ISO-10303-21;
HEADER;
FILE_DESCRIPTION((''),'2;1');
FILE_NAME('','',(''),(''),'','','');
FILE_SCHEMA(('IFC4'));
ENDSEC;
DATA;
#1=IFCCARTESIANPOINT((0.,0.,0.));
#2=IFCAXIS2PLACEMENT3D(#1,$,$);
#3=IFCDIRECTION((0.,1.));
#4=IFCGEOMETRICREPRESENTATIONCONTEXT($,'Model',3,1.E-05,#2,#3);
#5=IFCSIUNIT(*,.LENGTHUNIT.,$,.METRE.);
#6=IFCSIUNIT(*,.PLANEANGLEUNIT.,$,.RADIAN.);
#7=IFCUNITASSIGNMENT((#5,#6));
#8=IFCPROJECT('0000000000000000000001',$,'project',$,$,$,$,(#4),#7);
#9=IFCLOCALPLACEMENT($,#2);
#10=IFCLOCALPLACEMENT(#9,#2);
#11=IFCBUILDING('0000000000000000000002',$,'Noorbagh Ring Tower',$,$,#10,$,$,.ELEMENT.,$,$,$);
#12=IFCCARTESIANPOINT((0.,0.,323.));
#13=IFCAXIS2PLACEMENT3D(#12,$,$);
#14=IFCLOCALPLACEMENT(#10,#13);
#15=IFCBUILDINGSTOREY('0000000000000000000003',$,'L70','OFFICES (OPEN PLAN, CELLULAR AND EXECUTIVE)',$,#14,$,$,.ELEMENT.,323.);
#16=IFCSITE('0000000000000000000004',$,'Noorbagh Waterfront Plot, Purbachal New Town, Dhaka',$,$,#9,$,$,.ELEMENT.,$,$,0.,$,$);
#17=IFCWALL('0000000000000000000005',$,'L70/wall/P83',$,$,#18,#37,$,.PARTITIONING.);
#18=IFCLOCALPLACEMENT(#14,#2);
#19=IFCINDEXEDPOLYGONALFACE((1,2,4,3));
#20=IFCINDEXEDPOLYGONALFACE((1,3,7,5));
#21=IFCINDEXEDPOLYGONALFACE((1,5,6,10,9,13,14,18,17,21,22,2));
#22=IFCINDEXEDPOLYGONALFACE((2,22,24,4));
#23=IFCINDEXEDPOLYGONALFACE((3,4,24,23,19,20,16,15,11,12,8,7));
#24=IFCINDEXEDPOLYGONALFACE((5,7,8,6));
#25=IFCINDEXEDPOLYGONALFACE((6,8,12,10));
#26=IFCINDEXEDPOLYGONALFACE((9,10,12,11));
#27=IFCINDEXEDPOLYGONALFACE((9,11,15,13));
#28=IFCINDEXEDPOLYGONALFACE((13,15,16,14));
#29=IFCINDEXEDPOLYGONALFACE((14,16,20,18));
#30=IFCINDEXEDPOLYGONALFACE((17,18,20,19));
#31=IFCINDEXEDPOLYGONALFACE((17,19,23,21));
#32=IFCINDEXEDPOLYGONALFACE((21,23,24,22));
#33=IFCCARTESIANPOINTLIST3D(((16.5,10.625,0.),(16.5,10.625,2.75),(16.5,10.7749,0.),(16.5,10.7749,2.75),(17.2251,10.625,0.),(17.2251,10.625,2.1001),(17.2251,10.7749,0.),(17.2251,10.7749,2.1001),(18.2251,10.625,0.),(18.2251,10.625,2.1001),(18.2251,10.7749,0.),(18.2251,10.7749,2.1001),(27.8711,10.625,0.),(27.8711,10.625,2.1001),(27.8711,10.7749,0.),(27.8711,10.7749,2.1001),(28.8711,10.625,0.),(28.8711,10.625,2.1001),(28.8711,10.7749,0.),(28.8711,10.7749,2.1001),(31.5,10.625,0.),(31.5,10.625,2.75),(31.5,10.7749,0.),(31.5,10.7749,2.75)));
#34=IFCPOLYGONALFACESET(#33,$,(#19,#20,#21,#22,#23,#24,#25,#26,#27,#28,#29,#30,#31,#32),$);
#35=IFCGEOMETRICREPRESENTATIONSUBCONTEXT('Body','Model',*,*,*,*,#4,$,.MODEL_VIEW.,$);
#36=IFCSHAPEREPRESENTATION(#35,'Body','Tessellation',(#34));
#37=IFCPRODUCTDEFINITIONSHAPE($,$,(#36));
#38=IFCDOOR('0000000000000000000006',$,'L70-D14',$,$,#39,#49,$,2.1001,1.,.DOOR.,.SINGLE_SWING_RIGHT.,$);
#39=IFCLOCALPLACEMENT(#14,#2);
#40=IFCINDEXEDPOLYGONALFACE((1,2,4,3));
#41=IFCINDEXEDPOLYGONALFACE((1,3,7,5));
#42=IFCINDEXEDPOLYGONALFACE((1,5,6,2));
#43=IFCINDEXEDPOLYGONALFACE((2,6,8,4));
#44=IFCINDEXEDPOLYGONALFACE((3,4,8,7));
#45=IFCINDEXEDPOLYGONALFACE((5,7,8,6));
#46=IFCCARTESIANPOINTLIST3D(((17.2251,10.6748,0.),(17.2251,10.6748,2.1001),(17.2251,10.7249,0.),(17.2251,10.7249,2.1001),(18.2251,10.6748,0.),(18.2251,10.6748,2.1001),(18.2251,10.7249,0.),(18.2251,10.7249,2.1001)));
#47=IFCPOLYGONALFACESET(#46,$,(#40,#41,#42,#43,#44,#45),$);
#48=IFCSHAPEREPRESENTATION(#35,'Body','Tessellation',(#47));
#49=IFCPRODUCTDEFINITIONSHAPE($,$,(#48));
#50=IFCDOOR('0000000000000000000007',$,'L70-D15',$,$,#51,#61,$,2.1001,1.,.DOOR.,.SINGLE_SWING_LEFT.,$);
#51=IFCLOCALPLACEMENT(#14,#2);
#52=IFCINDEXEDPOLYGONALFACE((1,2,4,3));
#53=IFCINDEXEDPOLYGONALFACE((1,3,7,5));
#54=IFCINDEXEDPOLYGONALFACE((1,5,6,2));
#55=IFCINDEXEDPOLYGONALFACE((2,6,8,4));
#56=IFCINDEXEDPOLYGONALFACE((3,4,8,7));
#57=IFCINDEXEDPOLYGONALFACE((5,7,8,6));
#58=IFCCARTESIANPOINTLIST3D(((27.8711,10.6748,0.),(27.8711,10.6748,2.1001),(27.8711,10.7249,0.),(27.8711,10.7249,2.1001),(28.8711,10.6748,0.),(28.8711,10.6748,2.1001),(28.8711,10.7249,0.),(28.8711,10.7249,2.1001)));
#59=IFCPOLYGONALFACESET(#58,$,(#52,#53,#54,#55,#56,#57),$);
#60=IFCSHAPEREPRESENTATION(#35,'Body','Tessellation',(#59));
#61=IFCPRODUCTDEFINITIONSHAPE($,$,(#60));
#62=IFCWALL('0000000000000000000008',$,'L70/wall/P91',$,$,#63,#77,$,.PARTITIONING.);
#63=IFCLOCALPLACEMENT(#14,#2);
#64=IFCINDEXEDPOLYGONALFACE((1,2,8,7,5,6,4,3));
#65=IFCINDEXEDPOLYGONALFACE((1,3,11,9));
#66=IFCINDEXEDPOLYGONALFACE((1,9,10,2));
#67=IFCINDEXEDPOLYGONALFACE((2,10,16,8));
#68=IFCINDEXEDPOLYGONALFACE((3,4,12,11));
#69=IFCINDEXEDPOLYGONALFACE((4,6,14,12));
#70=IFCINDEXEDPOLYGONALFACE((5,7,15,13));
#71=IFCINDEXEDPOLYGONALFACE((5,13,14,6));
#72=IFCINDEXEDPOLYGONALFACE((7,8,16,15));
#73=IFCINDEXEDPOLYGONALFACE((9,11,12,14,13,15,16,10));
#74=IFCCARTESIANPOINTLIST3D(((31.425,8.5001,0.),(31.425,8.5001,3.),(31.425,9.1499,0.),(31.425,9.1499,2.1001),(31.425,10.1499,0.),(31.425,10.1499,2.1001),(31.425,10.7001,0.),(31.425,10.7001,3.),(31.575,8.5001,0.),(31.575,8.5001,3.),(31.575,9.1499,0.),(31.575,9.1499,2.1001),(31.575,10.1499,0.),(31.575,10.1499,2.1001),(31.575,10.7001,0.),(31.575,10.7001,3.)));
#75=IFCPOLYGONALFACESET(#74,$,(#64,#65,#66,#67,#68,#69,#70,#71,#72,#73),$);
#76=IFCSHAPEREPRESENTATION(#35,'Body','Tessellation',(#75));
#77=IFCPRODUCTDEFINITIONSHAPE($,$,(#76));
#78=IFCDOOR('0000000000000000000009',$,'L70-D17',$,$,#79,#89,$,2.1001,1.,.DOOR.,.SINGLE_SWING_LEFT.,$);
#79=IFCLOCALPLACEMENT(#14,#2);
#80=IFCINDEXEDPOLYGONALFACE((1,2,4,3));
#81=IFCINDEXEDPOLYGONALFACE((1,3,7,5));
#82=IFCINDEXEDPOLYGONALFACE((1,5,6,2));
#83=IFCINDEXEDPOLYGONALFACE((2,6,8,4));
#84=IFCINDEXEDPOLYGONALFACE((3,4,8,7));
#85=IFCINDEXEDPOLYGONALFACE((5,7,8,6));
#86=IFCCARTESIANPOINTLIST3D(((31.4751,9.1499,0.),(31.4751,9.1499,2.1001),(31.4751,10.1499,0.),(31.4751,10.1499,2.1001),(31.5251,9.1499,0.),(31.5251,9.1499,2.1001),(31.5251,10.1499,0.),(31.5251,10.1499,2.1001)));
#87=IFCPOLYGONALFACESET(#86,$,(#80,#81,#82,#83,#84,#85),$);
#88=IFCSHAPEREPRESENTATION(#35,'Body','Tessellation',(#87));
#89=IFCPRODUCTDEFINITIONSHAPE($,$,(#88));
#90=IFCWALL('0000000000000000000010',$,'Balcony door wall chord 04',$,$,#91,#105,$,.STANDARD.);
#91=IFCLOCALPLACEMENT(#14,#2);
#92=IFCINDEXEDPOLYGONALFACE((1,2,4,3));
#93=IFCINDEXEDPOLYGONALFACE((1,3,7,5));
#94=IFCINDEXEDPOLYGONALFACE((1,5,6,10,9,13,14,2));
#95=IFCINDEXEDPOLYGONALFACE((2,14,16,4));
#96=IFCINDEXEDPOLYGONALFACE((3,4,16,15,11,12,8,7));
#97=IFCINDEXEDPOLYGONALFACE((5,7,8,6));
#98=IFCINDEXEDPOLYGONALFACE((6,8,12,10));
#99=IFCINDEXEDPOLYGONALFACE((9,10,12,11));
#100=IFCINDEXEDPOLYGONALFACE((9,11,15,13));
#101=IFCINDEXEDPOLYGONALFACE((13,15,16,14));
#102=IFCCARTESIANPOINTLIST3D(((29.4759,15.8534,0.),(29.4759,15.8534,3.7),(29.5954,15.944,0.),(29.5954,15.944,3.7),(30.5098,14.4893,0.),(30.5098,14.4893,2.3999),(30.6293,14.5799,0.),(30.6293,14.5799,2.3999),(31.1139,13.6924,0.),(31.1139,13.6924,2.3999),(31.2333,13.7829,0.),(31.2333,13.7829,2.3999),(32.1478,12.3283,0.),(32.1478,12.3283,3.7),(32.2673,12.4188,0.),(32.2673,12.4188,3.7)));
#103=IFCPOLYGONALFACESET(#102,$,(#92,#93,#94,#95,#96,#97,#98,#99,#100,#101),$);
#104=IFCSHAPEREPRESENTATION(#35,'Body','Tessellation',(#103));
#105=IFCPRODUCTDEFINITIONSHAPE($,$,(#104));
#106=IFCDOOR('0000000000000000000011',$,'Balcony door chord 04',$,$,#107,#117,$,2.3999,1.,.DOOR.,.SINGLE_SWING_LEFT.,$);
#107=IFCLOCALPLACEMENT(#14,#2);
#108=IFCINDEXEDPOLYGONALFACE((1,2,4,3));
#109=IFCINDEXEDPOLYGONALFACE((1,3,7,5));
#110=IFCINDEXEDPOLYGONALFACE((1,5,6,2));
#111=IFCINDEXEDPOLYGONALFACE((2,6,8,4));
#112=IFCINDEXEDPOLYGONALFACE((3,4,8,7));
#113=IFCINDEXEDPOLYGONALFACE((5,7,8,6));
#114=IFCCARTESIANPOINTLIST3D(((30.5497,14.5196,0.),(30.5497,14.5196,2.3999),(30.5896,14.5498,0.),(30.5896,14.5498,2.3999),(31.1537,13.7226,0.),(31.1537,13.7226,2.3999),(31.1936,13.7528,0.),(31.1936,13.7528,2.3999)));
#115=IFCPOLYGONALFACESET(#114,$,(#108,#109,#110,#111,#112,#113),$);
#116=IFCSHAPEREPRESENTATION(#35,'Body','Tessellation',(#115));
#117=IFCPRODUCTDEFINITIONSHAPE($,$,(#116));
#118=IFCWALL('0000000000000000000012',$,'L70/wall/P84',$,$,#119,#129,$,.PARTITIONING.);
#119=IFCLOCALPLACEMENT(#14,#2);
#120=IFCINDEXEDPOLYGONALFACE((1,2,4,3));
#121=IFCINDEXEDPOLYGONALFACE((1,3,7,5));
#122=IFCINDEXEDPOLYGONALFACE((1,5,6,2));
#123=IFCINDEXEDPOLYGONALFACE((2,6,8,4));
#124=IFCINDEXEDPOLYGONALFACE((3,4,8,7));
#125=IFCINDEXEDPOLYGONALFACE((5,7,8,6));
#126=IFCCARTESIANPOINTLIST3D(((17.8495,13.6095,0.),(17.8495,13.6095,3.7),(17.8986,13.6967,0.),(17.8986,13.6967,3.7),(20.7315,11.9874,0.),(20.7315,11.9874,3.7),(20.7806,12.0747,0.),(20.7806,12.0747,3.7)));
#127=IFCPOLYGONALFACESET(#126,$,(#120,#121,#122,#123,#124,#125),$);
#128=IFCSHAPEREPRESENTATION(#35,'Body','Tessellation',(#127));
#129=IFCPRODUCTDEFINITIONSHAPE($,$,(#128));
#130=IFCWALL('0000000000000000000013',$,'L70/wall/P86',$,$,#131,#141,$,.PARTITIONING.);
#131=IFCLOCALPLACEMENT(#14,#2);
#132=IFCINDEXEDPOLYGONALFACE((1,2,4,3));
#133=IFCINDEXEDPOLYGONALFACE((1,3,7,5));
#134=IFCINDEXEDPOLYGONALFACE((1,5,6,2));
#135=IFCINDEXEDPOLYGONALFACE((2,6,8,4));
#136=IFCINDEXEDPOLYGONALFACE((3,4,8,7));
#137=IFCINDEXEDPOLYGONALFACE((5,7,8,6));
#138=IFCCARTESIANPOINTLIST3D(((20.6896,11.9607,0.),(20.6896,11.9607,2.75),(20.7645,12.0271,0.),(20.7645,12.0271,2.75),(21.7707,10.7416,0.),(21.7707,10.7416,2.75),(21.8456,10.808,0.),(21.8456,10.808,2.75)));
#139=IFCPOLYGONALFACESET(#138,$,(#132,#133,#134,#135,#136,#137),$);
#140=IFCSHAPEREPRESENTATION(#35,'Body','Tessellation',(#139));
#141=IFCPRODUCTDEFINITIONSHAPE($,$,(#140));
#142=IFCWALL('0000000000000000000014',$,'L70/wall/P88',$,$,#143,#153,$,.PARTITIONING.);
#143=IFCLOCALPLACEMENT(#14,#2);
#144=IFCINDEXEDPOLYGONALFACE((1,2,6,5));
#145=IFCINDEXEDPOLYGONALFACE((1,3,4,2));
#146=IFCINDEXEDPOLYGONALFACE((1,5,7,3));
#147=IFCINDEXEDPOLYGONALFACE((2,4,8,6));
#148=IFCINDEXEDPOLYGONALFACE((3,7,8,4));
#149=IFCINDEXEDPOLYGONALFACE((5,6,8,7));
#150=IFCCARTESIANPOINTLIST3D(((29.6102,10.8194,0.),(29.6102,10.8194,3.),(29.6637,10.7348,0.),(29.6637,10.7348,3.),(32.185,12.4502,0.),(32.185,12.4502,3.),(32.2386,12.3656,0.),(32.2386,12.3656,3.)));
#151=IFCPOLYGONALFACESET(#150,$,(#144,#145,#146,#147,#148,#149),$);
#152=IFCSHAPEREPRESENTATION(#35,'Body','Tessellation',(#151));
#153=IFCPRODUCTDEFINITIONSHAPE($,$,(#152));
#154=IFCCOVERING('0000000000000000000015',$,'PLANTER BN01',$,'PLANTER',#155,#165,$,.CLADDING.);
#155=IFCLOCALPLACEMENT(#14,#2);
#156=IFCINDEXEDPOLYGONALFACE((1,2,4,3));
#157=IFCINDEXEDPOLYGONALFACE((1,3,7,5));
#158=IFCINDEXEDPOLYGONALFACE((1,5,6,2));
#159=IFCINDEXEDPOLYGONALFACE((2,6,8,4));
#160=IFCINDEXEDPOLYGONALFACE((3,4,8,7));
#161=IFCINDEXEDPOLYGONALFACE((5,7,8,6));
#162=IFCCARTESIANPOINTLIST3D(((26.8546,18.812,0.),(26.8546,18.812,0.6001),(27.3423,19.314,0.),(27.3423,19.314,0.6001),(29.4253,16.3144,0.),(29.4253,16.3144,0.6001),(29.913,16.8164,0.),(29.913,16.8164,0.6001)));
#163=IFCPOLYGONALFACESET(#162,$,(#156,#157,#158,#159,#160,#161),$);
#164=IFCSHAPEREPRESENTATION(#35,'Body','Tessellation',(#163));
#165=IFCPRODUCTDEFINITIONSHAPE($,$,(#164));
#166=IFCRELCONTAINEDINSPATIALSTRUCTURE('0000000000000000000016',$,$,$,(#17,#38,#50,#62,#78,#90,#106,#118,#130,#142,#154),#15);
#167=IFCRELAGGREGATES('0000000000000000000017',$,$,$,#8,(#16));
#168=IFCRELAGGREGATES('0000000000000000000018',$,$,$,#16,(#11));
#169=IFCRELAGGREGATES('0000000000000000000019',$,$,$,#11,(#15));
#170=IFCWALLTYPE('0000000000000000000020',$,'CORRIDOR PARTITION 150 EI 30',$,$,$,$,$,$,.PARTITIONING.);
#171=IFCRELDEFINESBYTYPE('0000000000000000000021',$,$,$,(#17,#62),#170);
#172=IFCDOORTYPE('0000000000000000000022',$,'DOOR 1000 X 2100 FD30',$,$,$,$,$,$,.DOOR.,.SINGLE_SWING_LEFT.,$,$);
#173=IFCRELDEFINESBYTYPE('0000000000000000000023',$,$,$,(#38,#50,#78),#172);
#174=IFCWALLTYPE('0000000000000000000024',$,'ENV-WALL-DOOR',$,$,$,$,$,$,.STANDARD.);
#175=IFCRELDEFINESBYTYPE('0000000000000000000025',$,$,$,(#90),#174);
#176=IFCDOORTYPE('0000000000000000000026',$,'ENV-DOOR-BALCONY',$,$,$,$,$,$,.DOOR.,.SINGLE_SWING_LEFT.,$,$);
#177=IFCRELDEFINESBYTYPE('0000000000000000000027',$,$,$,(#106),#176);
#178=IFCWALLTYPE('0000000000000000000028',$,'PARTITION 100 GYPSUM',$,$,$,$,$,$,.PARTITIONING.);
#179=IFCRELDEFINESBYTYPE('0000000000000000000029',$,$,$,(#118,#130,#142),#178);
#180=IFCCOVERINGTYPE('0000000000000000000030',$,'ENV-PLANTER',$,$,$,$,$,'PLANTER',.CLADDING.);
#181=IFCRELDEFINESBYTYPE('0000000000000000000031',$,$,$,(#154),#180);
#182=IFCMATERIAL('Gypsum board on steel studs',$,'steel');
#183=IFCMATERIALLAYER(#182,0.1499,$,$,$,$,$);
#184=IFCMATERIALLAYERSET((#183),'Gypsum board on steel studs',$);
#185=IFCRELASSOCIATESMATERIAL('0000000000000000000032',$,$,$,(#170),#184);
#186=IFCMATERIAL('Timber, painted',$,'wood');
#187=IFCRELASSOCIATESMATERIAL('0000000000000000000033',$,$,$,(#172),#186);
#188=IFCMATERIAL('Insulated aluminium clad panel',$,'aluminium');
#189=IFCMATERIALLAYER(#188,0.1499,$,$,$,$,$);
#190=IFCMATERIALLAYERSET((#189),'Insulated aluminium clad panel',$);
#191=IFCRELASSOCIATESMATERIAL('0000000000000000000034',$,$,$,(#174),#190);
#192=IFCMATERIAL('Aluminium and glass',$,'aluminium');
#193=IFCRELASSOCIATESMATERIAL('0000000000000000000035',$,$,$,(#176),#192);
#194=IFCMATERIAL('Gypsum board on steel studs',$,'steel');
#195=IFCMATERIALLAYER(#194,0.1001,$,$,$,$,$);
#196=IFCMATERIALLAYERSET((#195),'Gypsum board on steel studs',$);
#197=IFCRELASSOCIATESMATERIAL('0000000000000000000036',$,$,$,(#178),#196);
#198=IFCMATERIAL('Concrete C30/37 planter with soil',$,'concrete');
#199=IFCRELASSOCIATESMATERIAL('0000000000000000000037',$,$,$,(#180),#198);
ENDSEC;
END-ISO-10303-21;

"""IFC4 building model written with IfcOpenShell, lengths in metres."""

from ifc_helpers import new_model, si_unit, direction, frame, frame_2d, origin, origin_2d, place, context, subcontext, project, spatial, rectangle, extrude, material, layer, layer_set, type_object, element, fill, save


model = new_model("IFC4")

# Units and contexts
model_context = context("Model", 3, precision=1e-05, world=origin(), true_north=direction((0.0, 1.0)))
body_context = subcontext(model_context, "Body", "Model", "MODEL_VIEW")
ifc_project = project(units=[si_unit("LENGTHUNIT", "METRE"), si_unit("PLANEANGLEUNIT", "RADIAN")], contexts=[model_context])

# Site, building, storey
site_placement = place(None, origin())
site = spatial("IfcSite", under=ifc_project, at=site_placement, Name="Noorbagh Waterfront Plot, Purbachal New Town, Dhaka", CompositionType="ELEMENT", RefElevation=0.0)
building_placement = place(site_placement, origin())
building = spatial("IfcBuilding", under=site, at=building_placement, Name="Noorbagh Ring Tower", CompositionType="ELEMENT")
storey_placement = place(building_placement, frame((0.0, 0.0, 323.0)))
storey = spatial("IfcBuildingStorey", under=building, at=storey_placement, Name="L70", Description="OFFICES (OPEN PLAN, CELLULAR AND EXECUTIVE)", CompositionType="ELEMENT", Elevation=323.0)

# Wall, openings, doors
ifc_material_1 = material(Name="Gypsum board on steel studs", Category="steel")
ifc_layer_1 = layer(ifc_material_1, 0.1499)
ifc_layer_set_1 = layer_set([ifc_layer_1], Name="Gypsum board on steel studs")
wall_type_1 = type_object("IfcWallType", Name="CORRIDOR PARTITION 150 EI 30", PredefinedType="PARTITIONING", material=ifc_layer_set_1)
wall_1_placement = place(storey_placement, frame((16.5, 10.7, 0.0), z_axis=(0.0, 0.0, 1.0), x_axis=(1.0, 0.0, 0.0)))
wall_1 = element("IfcWall", 1, at=wall_1_placement, inside=storey, type_object=wall_type_1, Name="L70/wall/P83", PredefinedType="PARTITIONING", context=body_context, shape_type="SweptSolid", body=[
    extrude(rectangle(XDim=15.0, YDim=0.1499, at=frame_2d((7.5, 0.0))), origin(), (0.0, 0.0, 1.0), 2.75),
])
opening_1_placement = place(wall_1_placement, frame((0.7251, 0.0, 0.0)))
opening_1 = element("IfcOpeningElement", 2, at=opening_1_placement, cuts=wall_1, PredefinedType="OPENING", context=body_context, shape_type="SweptSolid", body=[
    extrude(rectangle(XDim=1.0, YDim=2.1001, at=frame_2d((0.5, 1.05))), frame((0.0, 0.085, 0.0), z_axis=(0.0, -1.0, 0.0), x_axis=(1.0, 0.0, 0.0)), (0.0, 0.0, 1.0), 0.1699),
])
opening_2_placement = place(wall_1_placement, frame((11.3711, 0.0, 0.0)))
opening_2 = element("IfcOpeningElement", 3, at=opening_2_placement, cuts=wall_1, PredefinedType="OPENING", context=body_context, shape_type="SweptSolid", body=[
    extrude(rectangle(XDim=1.0, YDim=2.1001, at=frame_2d((0.5, 1.05))), frame((0.0, 0.085, 0.0), z_axis=(0.0, -1.0, 0.0), x_axis=(1.0, 0.0, 0.0)), (0.0, 0.0, 1.0), 0.1699),
])
ifc_material_2 = material(Name="Timber, painted", Category="wood")
door_type_1 = type_object("IfcDoorType", Name="DOOR 1000 X 2100 FD30", OperationType="SINGLE_SWING_LEFT", PredefinedType="DOOR", material=ifc_material_2)
door_1_placement = place(opening_1_placement, origin())
door_1 = element("IfcDoor", 4, at=door_1_placement, inside=storey, type_object=door_type_1, Name="L70-D14", OperationType="SINGLE_SWING_RIGHT", OverallHeight=2.1001, OverallWidth=1.0, PredefinedType="DOOR", context=body_context, shape_type="SweptSolid", body=[
    extrude(rectangle(XDim=1.0, YDim=2.1001, at=frame_2d((0.5, 1.05))), frame((0.0, 0.0249, 0.0), z_axis=(0.0, -1.0, 0.0), x_axis=(1.0, 0.0, 0.0)), (0.0, 0.0, 1.0), 0.05),
])
fill(opening_1, door_1)
door_2_placement = place(opening_2_placement, origin())
door_2 = element("IfcDoor", 5, at=door_2_placement, inside=storey, type_object=door_type_1, Name="L70-D15", OperationType="SINGLE_SWING_LEFT", OverallHeight=2.1001, OverallWidth=1.0, PredefinedType="DOOR", context=body_context, shape_type="SweptSolid", body=[
    extrude(rectangle(XDim=1.0, YDim=2.1001, at=frame_2d((0.5, 1.05))), frame((0.0, 0.0249, 0.0), z_axis=(0.0, -1.0, 0.0), x_axis=(1.0, 0.0, 0.0)), (0.0, 0.0, 1.0), 0.05),
])
fill(opening_2, door_2)

# Walls, openings, doors
wall_2_placement = place(storey_placement, frame((31.5, 8.5, 0.0), z_axis=(0.0, 0.0, 1.0), x_axis=(0.0, 1.0, 0.0)))
wall_2 = element("IfcWall", 6, at=wall_2_placement, inside=storey, type_object=wall_type_1, Name="L70/wall/P91", PredefinedType="PARTITIONING", context=body_context, shape_type="SweptSolid", body=[
    extrude(rectangle(XDim=2.2, YDim=0.1499, at=frame_2d((1.1001, 0.0))), origin(), (0.0, 0.0, 1.0), 3.0),
])
opening_3_placement = place(wall_2_placement, frame((0.6499, 0.0, 0.0)))
opening_3 = element("IfcOpeningElement", 7, at=opening_3_placement, cuts=wall_2, PredefinedType="OPENING", context=body_context, shape_type="SweptSolid", body=[
    extrude(rectangle(XDim=1.0, YDim=2.1001, at=frame_2d((0.5, 1.05))), frame((0.0, 0.085, 0.0), z_axis=(0.0, -1.0, 0.0), x_axis=(1.0, 0.0, 0.0)), (0.0, 0.0, 1.0), 0.1699),
])
door_3_placement = place(opening_3_placement, origin())
door_3 = element("IfcDoor", 8, at=door_3_placement, inside=storey, type_object=door_type_1, Name="L70-D17", OperationType="SINGLE_SWING_LEFT", OverallHeight=2.1001, OverallWidth=1.0, PredefinedType="DOOR", context=body_context, shape_type="SweptSolid", body=[
    extrude(rectangle(XDim=1.0, YDim=2.1001, at=frame_2d((0.5, 1.05))), frame((0.0, 0.0249, 0.0), z_axis=(0.0, -1.0, 0.0), x_axis=(1.0, 0.0, 0.0)), (0.0, 0.0, 1.0), 0.05),
])
fill(opening_3, door_3)
ifc_material_3 = material(Name="Insulated aluminium clad panel", Category="aluminium")
ifc_layer_2 = layer(ifc_material_3, 0.1499)
ifc_layer_set_2 = layer_set([ifc_layer_2], Name="Insulated aluminium clad panel")
wall_type_2 = type_object("IfcWallType", Name="ENV-WALL-DOOR", PredefinedType="STANDARD", material=ifc_layer_set_2)
wall_3_placement = place(storey_placement, frame((32.2075, 12.3735, 0.0), z_axis=(0.0, 0.0, 1.0), x_axis=(-0.604046, 0.79695, 0.0)))
wall_3 = element("IfcWall", 9, at=wall_3_placement, inside=storey, type_object=wall_type_2, Name="Balcony door wall chord 04", PredefinedType="STANDARD", context=body_context, shape_type="SweptSolid", body=[
    extrude(rectangle(XDim=4.4233, YDim=0.1499, at=frame_2d((2.2117, 0.0))), origin(), (0.0, 0.0, 1.0), 3.7),
])
opening_4_placement = place(wall_3_placement, frame((1.7117, 0.0, 0.0)))
opening_4 = element("IfcOpeningElement", 10, at=opening_4_placement, cuts=wall_3, PredefinedType="OPENING", context=body_context, shape_type="SweptSolid", body=[
    extrude(rectangle(XDim=1.0, YDim=2.3999, at=frame_2d((0.5, 1.2))), frame((0.0, 0.085, 0.0), z_axis=(0.0, -1.0, 0.0), x_axis=(1.0, 0.0, 0.0)), (0.0, 0.0, 1.0), 0.1699),
])
ifc_material_4 = material(Name="Aluminium and glass", Category="aluminium")
door_type_2 = type_object("IfcDoorType", Name="ENV-DOOR-BALCONY", OperationType="SINGLE_SWING_LEFT", PredefinedType="DOOR", material=ifc_material_4)
door_4_placement = place(opening_4_placement, origin())
door_4 = element("IfcDoor", 11, at=door_4_placement, inside=storey, type_object=door_type_2, Name="Balcony door chord 04", OperationType="SINGLE_SWING_LEFT", OverallHeight=2.3999, OverallWidth=1.0, PredefinedType="DOOR", context=body_context, shape_type="SweptSolid", body=[
    extrude(rectangle(XDim=1.0, YDim=2.3999, at=frame_2d((0.5, 1.2))), frame((0.0, 0.0249, 0.0), z_axis=(0.0, -1.0, 0.0), x_axis=(1.0, 0.0, 0.0)), (0.0, 0.0, 1.0), 0.05),
])
fill(opening_4, door_4)

# Walls
ifc_material_5 = material(Name="Gypsum board on steel studs", Category="steel")
ifc_layer_3 = layer(ifc_material_5, 0.1001)
ifc_layer_set_3 = layer_set([ifc_layer_3], Name="Gypsum board on steel studs")
wall_type_3 = type_object("IfcWallType", Name="PARTITION 100 GYPSUM", PredefinedType="PARTITIONING", material=ifc_layer_set_3)
wall_4_placement = place(storey_placement, frame((17.874, 13.6531, 0.0), z_axis=(0.0, 0.0, 1.0), x_axis=(0.871459, -0.490468, 0.0)))
element("IfcWall", 12, at=wall_4_placement, inside=storey, type_object=wall_type_3, Name="L70/wall/P84", PredefinedType="PARTITIONING", context=body_context, shape_type="SweptSolid", body=[
    extrude(rectangle(XDim=3.3071, YDim=0.1001, at=frame_2d((1.6536, 0.0))), origin(), (0.0, 0.0, 1.0), 3.7),
])
wall_5_placement = place(storey_placement, frame((20.7271, 11.9939, 0.0), z_axis=(0.0, 0.0, 1.0), x_axis=(0.663508, -0.748169, 0.0)))
element("IfcWall", 13, at=wall_5_placement, inside=storey, type_object=wall_type_3, Name="L70/wall/P86", PredefinedType="PARTITIONING", context=body_context, shape_type="SweptSolid", body=[
    extrude(rectangle(XDim=1.6294, YDim=0.1001, at=frame_2d((0.8147, 0.0))), origin(), (0.0, 0.0, 1.0), 2.75),
])
wall_6_placement = place(storey_placement, frame((29.637, 10.7771, 0.0), z_axis=(0.0, 0.0, 1.0), x_axis=(0.844811, 0.535065, 0.0)))
element("IfcWall", 14, at=wall_6_placement, inside=storey, type_object=wall_type_3, Name="L70/wall/P88", PredefinedType="PARTITIONING", context=body_context, shape_type="SweptSolid", body=[
    extrude(rectangle(XDim=3.0479, YDim=0.1001, at=frame_2d((1.5239, 0.0))), origin(), (0.0, 0.0, 1.0), 3.0),
])

# Covering
ifc_material_6 = material(Name="Concrete C30/37 planter with soil", Category="concrete")
covering_type = type_object("IfcCoveringType", Name="ENV-PLANTER", ElementType="PLANTER", PredefinedType="CLADDING", material=ifc_material_6)
covering_placement = place(storey_placement, frame((28.3838, 17.8142, 0.0), z_axis=(0.0, 0.0, 1.0), x_axis=(-0.717225, 0.696842, 0.0)))
element("IfcCovering", 15, at=covering_placement, inside=storey, type_object=covering_type, Name="PLANTER BN01", ObjectType="PLANTER", PredefinedType="CLADDING", context=body_context, shape_type="SweptSolid", body=[
    extrude(rectangle(XDim=3.5842, YDim=0.7, at=origin_2d()), origin(), (0.0, 0.0, 1.0), 0.6001),
])

save(model, "model.ifc")
